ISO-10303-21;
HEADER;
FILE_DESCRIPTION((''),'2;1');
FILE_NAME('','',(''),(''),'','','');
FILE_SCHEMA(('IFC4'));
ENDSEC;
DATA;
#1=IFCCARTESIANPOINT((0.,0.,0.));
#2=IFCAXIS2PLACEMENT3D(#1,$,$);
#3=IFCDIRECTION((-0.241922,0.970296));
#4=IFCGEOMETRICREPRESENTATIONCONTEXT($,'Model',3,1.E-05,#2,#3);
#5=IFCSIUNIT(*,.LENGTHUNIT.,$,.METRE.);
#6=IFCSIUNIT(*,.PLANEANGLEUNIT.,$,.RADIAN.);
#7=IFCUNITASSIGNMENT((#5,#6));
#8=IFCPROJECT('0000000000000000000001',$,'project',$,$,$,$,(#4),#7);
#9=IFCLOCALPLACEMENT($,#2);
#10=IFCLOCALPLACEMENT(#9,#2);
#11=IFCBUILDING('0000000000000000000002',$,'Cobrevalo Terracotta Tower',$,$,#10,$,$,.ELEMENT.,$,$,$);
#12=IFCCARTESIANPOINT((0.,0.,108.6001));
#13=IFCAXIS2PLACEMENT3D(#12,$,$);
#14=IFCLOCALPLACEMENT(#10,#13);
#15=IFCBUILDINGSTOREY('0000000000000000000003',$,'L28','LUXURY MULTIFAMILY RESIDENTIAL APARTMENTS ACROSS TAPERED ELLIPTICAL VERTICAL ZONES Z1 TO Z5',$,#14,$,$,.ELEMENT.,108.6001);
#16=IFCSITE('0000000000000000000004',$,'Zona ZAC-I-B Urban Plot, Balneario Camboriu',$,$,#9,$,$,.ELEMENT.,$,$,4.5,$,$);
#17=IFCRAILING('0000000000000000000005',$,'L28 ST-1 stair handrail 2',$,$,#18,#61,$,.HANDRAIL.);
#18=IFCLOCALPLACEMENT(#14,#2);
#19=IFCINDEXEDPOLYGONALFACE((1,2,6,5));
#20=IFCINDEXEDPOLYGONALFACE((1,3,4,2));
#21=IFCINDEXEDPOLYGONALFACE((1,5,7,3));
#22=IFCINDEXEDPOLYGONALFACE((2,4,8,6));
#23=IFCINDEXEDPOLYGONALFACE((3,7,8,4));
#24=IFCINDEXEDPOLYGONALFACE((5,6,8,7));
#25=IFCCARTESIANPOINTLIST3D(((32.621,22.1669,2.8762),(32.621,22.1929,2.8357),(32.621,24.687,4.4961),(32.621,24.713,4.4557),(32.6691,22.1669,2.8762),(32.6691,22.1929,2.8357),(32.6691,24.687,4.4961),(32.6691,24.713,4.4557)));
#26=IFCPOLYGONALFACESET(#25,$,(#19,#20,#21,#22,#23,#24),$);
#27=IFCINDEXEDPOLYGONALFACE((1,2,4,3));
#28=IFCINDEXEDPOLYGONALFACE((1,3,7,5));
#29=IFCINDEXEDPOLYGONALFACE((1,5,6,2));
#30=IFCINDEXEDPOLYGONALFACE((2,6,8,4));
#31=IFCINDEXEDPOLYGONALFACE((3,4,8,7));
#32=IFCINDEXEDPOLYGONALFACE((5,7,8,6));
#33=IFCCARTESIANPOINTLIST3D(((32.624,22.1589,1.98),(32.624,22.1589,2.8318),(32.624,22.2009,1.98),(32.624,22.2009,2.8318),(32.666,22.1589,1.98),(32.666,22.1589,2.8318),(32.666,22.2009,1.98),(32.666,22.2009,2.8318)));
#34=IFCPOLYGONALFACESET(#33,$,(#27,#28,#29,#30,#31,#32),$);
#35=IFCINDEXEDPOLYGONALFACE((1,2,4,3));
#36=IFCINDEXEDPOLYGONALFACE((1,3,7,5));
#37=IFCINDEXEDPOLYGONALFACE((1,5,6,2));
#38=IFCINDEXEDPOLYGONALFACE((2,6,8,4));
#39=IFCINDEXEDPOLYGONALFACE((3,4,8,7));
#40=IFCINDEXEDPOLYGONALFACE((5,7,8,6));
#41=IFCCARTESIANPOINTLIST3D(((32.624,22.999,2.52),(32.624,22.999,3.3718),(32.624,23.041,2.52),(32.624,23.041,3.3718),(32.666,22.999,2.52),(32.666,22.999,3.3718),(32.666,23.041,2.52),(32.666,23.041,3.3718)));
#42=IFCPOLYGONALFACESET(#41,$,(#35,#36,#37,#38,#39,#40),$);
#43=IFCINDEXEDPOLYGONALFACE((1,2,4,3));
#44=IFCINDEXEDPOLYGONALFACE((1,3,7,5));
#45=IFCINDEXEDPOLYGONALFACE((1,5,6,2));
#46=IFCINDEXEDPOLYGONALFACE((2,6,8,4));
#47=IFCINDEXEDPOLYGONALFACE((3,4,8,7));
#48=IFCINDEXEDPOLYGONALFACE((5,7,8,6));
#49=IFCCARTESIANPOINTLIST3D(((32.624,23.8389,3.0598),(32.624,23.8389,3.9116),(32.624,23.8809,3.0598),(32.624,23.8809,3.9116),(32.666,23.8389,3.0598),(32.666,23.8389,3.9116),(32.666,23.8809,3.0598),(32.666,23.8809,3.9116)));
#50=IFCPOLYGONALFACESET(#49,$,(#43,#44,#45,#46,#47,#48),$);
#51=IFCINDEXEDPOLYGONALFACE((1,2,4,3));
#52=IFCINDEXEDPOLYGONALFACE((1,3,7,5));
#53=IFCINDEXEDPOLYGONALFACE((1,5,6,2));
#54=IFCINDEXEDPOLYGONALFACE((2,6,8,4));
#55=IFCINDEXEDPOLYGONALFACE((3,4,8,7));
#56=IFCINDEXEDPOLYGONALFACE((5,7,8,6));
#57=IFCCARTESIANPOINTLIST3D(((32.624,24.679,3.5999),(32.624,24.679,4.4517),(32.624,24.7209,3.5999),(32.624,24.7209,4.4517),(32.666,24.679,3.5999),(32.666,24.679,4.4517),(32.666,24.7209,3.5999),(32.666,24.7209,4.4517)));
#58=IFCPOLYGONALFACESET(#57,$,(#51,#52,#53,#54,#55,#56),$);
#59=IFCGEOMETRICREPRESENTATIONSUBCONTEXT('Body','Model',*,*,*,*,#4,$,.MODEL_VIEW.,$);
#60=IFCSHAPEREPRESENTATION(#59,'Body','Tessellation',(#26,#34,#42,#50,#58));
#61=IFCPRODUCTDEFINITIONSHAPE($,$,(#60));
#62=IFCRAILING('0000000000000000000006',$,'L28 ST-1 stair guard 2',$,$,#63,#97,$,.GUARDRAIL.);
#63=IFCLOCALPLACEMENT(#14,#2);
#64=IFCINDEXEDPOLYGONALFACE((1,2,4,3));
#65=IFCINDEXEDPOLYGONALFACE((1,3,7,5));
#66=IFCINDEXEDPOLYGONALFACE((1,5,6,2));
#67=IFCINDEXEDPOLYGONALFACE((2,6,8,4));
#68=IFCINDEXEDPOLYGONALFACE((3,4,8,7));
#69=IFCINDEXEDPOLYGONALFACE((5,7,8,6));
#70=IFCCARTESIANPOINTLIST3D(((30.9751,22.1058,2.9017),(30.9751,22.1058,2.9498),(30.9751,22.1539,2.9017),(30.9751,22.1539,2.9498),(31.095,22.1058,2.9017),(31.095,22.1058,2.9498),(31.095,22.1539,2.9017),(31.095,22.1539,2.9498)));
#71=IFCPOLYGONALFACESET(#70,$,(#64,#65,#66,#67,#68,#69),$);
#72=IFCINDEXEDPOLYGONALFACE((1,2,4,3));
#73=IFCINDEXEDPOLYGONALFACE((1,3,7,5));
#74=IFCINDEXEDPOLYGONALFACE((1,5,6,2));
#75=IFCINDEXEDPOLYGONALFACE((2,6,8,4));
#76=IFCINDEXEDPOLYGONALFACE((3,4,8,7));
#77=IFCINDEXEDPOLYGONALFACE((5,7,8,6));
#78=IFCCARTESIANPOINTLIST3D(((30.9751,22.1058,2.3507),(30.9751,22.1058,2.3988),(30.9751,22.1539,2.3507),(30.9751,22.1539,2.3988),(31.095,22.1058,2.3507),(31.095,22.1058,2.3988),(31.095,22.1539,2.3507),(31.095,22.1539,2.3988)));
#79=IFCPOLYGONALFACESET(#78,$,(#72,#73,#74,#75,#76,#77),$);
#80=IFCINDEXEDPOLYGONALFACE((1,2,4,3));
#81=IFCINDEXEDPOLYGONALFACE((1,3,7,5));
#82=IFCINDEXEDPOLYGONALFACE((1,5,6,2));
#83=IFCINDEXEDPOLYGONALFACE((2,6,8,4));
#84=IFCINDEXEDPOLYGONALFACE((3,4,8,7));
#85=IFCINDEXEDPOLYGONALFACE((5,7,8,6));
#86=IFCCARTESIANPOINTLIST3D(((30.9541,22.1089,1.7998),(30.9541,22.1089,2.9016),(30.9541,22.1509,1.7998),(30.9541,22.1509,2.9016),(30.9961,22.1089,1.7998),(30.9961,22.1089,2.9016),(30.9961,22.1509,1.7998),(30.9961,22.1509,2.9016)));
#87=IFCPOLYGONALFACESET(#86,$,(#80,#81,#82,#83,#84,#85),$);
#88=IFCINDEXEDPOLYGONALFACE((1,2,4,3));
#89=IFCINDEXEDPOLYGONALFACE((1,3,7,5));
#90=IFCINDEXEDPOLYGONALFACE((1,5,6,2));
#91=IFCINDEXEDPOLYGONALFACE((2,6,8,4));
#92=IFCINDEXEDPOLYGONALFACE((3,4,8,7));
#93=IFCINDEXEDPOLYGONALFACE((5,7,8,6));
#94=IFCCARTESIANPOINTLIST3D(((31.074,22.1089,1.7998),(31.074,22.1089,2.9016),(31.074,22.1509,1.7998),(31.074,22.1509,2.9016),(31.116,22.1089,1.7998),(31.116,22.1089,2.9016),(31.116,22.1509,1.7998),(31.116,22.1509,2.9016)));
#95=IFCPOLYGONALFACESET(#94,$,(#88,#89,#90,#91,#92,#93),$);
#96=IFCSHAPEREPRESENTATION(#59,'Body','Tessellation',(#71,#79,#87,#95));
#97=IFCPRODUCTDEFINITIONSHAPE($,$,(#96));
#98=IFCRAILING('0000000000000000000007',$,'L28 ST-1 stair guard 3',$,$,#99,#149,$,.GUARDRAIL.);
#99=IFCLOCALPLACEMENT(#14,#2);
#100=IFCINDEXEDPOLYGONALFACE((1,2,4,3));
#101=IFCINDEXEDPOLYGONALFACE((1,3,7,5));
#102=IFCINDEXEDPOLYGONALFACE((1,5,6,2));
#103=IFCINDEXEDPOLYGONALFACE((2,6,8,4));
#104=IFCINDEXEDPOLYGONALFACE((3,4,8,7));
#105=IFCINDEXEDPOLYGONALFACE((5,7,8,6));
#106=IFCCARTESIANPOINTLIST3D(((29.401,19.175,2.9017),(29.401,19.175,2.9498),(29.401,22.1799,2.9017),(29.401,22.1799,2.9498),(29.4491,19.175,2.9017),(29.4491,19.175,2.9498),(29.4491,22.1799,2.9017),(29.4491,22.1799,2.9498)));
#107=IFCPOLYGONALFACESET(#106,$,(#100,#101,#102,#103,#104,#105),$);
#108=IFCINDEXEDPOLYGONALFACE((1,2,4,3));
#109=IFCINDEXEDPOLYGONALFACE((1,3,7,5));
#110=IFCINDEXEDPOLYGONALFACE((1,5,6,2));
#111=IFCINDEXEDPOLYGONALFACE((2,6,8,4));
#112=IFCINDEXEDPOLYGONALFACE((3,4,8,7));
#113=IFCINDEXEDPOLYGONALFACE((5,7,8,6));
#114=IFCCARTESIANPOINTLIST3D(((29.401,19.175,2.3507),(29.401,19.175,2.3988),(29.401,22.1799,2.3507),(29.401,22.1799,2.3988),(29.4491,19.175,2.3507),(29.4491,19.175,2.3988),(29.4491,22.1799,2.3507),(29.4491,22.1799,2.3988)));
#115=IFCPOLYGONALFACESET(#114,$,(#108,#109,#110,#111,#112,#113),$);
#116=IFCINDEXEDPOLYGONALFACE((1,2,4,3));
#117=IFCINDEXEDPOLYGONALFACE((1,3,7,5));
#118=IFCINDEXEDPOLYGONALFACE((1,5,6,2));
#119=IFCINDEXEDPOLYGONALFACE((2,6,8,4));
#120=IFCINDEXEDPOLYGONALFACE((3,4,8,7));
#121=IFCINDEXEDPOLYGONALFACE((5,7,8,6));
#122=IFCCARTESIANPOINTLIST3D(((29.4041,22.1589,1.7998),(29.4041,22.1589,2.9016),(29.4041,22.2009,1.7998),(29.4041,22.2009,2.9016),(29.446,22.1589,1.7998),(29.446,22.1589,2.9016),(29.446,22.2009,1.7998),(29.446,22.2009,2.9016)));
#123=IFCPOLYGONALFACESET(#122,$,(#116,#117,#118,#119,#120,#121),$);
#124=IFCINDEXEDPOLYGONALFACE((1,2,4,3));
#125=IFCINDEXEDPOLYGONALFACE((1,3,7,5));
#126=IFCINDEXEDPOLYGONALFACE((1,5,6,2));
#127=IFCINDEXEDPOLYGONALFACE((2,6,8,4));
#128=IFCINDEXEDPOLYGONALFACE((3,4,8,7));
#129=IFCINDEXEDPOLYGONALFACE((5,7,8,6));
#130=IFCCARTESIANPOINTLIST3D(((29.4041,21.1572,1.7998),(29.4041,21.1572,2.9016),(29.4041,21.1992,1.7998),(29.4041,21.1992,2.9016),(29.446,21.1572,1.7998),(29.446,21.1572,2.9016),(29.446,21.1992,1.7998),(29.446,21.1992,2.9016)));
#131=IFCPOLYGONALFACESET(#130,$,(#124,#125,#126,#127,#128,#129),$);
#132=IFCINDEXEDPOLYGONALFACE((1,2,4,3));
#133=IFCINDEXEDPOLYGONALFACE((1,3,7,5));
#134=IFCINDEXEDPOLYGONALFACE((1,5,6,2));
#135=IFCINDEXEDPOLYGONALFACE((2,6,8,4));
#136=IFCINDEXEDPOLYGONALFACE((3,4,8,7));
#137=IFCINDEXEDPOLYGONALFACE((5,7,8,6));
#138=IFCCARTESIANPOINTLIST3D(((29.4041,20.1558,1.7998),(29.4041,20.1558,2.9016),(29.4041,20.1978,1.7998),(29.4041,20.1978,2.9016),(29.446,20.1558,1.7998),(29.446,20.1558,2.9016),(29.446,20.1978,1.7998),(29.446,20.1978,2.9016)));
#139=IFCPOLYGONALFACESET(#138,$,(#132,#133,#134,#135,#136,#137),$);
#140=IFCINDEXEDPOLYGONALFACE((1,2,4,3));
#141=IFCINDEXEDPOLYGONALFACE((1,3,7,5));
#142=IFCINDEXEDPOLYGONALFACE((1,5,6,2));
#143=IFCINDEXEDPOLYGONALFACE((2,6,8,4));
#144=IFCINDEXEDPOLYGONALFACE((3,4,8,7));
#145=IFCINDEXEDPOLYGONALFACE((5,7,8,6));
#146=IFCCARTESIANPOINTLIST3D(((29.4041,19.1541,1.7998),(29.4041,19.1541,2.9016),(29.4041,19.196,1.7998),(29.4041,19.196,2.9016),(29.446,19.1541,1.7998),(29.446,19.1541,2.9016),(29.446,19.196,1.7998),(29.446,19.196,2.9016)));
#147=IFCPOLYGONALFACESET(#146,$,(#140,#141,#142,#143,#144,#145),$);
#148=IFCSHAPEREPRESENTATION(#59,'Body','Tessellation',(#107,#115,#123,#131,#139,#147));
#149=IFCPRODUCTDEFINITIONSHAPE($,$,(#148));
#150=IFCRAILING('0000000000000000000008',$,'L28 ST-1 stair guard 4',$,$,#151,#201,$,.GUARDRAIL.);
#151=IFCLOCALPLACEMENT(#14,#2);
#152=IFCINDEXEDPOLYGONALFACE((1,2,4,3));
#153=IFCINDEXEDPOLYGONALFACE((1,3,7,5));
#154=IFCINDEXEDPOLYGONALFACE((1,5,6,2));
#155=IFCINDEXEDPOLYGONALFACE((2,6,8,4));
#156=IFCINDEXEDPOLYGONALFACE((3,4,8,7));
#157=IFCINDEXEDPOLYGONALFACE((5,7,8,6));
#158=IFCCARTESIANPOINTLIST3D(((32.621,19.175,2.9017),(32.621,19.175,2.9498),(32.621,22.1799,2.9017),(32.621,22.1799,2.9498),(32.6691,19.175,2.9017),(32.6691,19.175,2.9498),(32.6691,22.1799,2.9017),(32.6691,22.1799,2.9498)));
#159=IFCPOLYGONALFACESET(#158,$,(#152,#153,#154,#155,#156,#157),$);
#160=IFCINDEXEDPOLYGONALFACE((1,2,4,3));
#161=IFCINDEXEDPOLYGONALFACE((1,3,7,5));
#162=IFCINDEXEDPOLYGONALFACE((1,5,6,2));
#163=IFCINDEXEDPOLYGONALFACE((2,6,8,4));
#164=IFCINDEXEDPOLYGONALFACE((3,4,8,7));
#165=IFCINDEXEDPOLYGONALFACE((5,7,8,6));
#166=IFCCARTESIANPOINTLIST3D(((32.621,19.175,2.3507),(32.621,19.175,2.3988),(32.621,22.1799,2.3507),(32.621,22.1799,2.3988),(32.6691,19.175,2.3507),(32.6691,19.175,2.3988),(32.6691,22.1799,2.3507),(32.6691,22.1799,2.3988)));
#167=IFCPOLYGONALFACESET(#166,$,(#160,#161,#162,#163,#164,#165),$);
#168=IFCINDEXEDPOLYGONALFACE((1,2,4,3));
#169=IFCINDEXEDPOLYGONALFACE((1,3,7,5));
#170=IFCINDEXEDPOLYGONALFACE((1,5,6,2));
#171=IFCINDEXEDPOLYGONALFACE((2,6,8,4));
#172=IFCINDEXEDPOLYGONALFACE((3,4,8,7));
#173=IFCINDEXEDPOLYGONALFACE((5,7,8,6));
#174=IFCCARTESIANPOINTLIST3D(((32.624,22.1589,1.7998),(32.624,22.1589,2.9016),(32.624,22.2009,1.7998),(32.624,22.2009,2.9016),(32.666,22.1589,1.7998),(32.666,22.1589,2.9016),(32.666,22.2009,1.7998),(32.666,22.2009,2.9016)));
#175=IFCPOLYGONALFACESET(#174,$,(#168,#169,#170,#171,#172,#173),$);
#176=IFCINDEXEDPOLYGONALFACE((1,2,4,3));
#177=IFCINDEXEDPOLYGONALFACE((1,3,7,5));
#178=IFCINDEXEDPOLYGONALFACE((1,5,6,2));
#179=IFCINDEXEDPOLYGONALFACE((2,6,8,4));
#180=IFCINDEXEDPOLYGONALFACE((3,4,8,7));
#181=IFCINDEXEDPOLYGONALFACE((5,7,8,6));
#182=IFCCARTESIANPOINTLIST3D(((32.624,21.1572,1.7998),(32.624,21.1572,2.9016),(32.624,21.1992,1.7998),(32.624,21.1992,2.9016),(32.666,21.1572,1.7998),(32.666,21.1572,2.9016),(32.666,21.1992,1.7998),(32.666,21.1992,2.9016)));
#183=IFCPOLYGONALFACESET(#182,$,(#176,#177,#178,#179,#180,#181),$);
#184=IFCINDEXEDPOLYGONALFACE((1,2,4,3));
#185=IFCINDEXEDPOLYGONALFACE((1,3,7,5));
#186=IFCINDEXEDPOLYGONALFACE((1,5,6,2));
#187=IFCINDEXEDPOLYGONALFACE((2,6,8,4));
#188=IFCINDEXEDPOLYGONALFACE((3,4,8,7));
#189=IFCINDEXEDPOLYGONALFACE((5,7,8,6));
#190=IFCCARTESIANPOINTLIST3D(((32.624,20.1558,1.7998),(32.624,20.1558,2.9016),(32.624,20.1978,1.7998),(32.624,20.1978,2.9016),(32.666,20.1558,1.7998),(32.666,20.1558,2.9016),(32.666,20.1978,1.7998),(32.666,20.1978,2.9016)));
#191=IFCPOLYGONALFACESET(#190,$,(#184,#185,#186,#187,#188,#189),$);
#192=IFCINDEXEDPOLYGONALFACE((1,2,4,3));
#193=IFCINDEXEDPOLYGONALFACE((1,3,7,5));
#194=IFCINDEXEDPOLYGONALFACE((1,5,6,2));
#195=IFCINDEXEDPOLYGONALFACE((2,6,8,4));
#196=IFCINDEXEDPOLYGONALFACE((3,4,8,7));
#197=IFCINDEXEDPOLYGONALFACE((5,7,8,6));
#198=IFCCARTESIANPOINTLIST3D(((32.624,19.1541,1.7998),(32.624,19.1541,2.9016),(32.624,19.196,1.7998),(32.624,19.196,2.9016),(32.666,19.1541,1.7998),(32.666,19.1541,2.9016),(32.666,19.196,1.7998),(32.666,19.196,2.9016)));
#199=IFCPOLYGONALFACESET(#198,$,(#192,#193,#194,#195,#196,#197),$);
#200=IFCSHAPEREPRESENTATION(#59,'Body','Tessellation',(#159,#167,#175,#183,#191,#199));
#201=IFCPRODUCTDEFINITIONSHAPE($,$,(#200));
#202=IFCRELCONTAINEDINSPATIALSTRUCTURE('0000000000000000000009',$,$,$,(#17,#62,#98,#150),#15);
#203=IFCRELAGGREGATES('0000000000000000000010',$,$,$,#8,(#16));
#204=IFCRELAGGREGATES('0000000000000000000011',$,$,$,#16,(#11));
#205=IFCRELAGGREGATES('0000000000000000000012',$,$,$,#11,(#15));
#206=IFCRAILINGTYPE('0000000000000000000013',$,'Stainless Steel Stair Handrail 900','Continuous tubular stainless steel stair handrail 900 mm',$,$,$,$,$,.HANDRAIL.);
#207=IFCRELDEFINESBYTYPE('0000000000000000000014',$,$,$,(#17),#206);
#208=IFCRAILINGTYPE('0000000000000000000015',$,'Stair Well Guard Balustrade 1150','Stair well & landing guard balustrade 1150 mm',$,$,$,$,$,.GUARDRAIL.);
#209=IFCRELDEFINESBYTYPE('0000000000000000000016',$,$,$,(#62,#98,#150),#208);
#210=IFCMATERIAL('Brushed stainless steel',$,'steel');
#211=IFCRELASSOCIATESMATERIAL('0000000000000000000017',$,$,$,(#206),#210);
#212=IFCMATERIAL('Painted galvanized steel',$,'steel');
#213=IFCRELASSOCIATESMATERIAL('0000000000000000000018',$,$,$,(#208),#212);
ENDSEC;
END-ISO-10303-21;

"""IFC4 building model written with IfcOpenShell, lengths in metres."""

from ifc_helpers import new_model, si_unit, direction, frame, origin, origin_2d, place, context, subcontext, project, spatial, rectangle, extrude, material, type_object, element, save


model = new_model("IFC4")

# Units and contexts
model_context = context("Model", 3, precision=1e-05, world=origin(), true_north=direction((-0.241922, 0.970296)))
body_context = subcontext(model_context, "Body", "Model", "MODEL_VIEW")
ifc_project = project(units=[si_unit("LENGTHUNIT", "METRE"), si_unit("PLANEANGLEUNIT", "RADIAN")], contexts=[model_context])

# Site, building, storey
site_placement = place(None, origin())
site = spatial("IfcSite", under=ifc_project, at=site_placement, Name="Zona ZAC-I-B Urban Plot, Balneario Camboriu", CompositionType="ELEMENT", RefElevation=4.5)
building_placement = place(site_placement, origin())
building = spatial("IfcBuilding", under=site, at=building_placement, Name="Cobrevalo Terracotta Tower", CompositionType="ELEMENT")
storey_placement = place(building_placement, frame((0.0, 0.0, 108.6001)))
storey = spatial("IfcBuildingStorey", under=building, at=storey_placement, Name="L28", Description="LUXURY MULTIFAMILY RESIDENTIAL APARTMENTS ACROSS TAPERED ELLIPTICAL VERTICAL ZONES Z1 TO Z5", CompositionType="ELEMENT", Elevation=108.6001)

# Railings
ifc_material_1 = material(Name="Brushed stainless steel", Category="steel")
railing_type_1 = type_object("IfcRailingType", Name="Stainless Steel Stair Handrail 900", Description="Continuous tubular stainless steel stair handrail 900 mm", PredefinedType="HANDRAIL", material=ifc_material_1)
railing_1_placement = place(storey_placement, frame((32.645, 22.1799, 1.98)))
element("IfcRailing", 1, at=railing_1_placement, inside=storey, type_object=railing_type_1, Name="L28 ST-1 stair handrail 2", PredefinedType="HANDRAIL", context=body_context, shape_type="SweptSolid", body=[
    extrude(rectangle(XDim=0.0481, YDim=0.0481, at=origin_2d()), frame((0.0, 0.0, 0.876), z_axis=(0.0, 0.8412, 0.540725), x_axis=(-1.0, 0.0, 0.0)), (0.0, 0.0, 1.0), 2.9958),
    extrude(rectangle(XDim=0.042, YDim=0.042, at=origin_2d()), origin(), (0.0, 0.0, 1.0), 0.8518),
    extrude(rectangle(XDim=0.042, YDim=0.042, at=origin_2d()), frame((0.0, 0.8401, 0.54)), (0.0, 0.0, 1.0), 0.8518),
    extrude(rectangle(XDim=0.042, YDim=0.042, at=origin_2d()), frame((0.0, 1.6799, 1.0798)), (0.0, 0.0, 1.0), 0.8518),
    extrude(rectangle(XDim=0.042, YDim=0.042, at=origin_2d()), frame((0.0, 2.52, 1.6199)), (0.0, 0.0, 1.0), 0.8518),
])
ifc_material_2 = material(Name="Painted galvanized steel", Category="steel")
railing_type_2 = type_object("IfcRailingType", Name="Stair Well Guard Balustrade 1150", Description="Stair well & landing guard balustrade 1150 mm", PredefinedType="GUARDRAIL", material=ifc_material_2)
railing_2_placement = place(storey_placement, frame((30.9751, 22.1299, 1.7998)))
element("IfcRailing", 2, at=railing_2_placement, inside=storey, type_object=railing_type_2, Name="L28 ST-1 stair guard 2", PredefinedType="GUARDRAIL", context=body_context, shape_type="SweptSolid", body=[
    extrude(rectangle(XDim=0.0481, YDim=0.0481, at=origin_2d()), frame((0.0, 0.0, 1.126), z_axis=(1.0, 0.0, 0.0), x_axis=(0.0, 1.0, 0.0)), (0.0, 0.0, 1.0), 0.1199),
    extrude(rectangle(XDim=0.0481, YDim=0.0481, at=origin_2d()), frame((0.0, 0.0, 0.575), z_axis=(1.0, 0.0, 0.0), x_axis=(0.0, 1.0, 0.0)), (0.0, 0.0, 1.0), 0.1199),
    extrude(rectangle(XDim=0.042, YDim=0.042, at=origin_2d()), origin(), (0.0, 0.0, 1.0), 1.1018),
    extrude(rectangle(XDim=0.042, YDim=0.042, at=origin_2d()), frame((0.1199, 0.0, 0.0)), (0.0, 0.0, 1.0), 1.1018),
])
for number, where, name in (
    (3, (29.425, 22.1799, 1.7998), "L28 ST-1 stair guard 3"),
    (4, (32.645, 22.1799, 1.7998), "L28 ST-1 stair guard 4"),
):
    element("IfcRailing", number, at=place(storey_placement, frame(where)), inside=storey, type_object=railing_type_2, Name=name, PredefinedType="GUARDRAIL", context=body_context, shape_type="SweptSolid", body=[
        extrude(rectangle(XDim=0.0481, YDim=0.0481, at=origin_2d()), frame((0.0, 0.0, 1.126), z_axis=(0.0, -1.0, 0.0), x_axis=(1.0, 0.0, 0.0)), (0.0, 0.0, 1.0), 3.0049),
        extrude(rectangle(XDim=0.0481, YDim=0.0481, at=origin_2d()), frame((0.0, 0.0, 0.575), z_axis=(0.0, -1.0, 0.0), x_axis=(1.0, 0.0, 0.0)), (0.0, 0.0, 1.0), 3.0049),
        extrude(rectangle(XDim=0.042, YDim=0.042, at=origin_2d()), origin(), (0.0, 0.0, 1.0), 1.1018),
        extrude(rectangle(XDim=0.042, YDim=0.042, at=origin_2d()), frame((0.0, -1.0017, 0.0)), (0.0, 0.0, 1.0), 1.1018),
        extrude(rectangle(XDim=0.042, YDim=0.042, at=origin_2d()), frame((0.0, -2.0032, 0.0)), (0.0, 0.0, 1.0), 1.1018),
        extrude(rectangle(XDim=0.042, YDim=0.042, at=origin_2d()), frame((0.0, -3.0049, 0.0)), (0.0, 0.0, 1.0), 1.1018),
    ])

save(model, "model.ifc")
